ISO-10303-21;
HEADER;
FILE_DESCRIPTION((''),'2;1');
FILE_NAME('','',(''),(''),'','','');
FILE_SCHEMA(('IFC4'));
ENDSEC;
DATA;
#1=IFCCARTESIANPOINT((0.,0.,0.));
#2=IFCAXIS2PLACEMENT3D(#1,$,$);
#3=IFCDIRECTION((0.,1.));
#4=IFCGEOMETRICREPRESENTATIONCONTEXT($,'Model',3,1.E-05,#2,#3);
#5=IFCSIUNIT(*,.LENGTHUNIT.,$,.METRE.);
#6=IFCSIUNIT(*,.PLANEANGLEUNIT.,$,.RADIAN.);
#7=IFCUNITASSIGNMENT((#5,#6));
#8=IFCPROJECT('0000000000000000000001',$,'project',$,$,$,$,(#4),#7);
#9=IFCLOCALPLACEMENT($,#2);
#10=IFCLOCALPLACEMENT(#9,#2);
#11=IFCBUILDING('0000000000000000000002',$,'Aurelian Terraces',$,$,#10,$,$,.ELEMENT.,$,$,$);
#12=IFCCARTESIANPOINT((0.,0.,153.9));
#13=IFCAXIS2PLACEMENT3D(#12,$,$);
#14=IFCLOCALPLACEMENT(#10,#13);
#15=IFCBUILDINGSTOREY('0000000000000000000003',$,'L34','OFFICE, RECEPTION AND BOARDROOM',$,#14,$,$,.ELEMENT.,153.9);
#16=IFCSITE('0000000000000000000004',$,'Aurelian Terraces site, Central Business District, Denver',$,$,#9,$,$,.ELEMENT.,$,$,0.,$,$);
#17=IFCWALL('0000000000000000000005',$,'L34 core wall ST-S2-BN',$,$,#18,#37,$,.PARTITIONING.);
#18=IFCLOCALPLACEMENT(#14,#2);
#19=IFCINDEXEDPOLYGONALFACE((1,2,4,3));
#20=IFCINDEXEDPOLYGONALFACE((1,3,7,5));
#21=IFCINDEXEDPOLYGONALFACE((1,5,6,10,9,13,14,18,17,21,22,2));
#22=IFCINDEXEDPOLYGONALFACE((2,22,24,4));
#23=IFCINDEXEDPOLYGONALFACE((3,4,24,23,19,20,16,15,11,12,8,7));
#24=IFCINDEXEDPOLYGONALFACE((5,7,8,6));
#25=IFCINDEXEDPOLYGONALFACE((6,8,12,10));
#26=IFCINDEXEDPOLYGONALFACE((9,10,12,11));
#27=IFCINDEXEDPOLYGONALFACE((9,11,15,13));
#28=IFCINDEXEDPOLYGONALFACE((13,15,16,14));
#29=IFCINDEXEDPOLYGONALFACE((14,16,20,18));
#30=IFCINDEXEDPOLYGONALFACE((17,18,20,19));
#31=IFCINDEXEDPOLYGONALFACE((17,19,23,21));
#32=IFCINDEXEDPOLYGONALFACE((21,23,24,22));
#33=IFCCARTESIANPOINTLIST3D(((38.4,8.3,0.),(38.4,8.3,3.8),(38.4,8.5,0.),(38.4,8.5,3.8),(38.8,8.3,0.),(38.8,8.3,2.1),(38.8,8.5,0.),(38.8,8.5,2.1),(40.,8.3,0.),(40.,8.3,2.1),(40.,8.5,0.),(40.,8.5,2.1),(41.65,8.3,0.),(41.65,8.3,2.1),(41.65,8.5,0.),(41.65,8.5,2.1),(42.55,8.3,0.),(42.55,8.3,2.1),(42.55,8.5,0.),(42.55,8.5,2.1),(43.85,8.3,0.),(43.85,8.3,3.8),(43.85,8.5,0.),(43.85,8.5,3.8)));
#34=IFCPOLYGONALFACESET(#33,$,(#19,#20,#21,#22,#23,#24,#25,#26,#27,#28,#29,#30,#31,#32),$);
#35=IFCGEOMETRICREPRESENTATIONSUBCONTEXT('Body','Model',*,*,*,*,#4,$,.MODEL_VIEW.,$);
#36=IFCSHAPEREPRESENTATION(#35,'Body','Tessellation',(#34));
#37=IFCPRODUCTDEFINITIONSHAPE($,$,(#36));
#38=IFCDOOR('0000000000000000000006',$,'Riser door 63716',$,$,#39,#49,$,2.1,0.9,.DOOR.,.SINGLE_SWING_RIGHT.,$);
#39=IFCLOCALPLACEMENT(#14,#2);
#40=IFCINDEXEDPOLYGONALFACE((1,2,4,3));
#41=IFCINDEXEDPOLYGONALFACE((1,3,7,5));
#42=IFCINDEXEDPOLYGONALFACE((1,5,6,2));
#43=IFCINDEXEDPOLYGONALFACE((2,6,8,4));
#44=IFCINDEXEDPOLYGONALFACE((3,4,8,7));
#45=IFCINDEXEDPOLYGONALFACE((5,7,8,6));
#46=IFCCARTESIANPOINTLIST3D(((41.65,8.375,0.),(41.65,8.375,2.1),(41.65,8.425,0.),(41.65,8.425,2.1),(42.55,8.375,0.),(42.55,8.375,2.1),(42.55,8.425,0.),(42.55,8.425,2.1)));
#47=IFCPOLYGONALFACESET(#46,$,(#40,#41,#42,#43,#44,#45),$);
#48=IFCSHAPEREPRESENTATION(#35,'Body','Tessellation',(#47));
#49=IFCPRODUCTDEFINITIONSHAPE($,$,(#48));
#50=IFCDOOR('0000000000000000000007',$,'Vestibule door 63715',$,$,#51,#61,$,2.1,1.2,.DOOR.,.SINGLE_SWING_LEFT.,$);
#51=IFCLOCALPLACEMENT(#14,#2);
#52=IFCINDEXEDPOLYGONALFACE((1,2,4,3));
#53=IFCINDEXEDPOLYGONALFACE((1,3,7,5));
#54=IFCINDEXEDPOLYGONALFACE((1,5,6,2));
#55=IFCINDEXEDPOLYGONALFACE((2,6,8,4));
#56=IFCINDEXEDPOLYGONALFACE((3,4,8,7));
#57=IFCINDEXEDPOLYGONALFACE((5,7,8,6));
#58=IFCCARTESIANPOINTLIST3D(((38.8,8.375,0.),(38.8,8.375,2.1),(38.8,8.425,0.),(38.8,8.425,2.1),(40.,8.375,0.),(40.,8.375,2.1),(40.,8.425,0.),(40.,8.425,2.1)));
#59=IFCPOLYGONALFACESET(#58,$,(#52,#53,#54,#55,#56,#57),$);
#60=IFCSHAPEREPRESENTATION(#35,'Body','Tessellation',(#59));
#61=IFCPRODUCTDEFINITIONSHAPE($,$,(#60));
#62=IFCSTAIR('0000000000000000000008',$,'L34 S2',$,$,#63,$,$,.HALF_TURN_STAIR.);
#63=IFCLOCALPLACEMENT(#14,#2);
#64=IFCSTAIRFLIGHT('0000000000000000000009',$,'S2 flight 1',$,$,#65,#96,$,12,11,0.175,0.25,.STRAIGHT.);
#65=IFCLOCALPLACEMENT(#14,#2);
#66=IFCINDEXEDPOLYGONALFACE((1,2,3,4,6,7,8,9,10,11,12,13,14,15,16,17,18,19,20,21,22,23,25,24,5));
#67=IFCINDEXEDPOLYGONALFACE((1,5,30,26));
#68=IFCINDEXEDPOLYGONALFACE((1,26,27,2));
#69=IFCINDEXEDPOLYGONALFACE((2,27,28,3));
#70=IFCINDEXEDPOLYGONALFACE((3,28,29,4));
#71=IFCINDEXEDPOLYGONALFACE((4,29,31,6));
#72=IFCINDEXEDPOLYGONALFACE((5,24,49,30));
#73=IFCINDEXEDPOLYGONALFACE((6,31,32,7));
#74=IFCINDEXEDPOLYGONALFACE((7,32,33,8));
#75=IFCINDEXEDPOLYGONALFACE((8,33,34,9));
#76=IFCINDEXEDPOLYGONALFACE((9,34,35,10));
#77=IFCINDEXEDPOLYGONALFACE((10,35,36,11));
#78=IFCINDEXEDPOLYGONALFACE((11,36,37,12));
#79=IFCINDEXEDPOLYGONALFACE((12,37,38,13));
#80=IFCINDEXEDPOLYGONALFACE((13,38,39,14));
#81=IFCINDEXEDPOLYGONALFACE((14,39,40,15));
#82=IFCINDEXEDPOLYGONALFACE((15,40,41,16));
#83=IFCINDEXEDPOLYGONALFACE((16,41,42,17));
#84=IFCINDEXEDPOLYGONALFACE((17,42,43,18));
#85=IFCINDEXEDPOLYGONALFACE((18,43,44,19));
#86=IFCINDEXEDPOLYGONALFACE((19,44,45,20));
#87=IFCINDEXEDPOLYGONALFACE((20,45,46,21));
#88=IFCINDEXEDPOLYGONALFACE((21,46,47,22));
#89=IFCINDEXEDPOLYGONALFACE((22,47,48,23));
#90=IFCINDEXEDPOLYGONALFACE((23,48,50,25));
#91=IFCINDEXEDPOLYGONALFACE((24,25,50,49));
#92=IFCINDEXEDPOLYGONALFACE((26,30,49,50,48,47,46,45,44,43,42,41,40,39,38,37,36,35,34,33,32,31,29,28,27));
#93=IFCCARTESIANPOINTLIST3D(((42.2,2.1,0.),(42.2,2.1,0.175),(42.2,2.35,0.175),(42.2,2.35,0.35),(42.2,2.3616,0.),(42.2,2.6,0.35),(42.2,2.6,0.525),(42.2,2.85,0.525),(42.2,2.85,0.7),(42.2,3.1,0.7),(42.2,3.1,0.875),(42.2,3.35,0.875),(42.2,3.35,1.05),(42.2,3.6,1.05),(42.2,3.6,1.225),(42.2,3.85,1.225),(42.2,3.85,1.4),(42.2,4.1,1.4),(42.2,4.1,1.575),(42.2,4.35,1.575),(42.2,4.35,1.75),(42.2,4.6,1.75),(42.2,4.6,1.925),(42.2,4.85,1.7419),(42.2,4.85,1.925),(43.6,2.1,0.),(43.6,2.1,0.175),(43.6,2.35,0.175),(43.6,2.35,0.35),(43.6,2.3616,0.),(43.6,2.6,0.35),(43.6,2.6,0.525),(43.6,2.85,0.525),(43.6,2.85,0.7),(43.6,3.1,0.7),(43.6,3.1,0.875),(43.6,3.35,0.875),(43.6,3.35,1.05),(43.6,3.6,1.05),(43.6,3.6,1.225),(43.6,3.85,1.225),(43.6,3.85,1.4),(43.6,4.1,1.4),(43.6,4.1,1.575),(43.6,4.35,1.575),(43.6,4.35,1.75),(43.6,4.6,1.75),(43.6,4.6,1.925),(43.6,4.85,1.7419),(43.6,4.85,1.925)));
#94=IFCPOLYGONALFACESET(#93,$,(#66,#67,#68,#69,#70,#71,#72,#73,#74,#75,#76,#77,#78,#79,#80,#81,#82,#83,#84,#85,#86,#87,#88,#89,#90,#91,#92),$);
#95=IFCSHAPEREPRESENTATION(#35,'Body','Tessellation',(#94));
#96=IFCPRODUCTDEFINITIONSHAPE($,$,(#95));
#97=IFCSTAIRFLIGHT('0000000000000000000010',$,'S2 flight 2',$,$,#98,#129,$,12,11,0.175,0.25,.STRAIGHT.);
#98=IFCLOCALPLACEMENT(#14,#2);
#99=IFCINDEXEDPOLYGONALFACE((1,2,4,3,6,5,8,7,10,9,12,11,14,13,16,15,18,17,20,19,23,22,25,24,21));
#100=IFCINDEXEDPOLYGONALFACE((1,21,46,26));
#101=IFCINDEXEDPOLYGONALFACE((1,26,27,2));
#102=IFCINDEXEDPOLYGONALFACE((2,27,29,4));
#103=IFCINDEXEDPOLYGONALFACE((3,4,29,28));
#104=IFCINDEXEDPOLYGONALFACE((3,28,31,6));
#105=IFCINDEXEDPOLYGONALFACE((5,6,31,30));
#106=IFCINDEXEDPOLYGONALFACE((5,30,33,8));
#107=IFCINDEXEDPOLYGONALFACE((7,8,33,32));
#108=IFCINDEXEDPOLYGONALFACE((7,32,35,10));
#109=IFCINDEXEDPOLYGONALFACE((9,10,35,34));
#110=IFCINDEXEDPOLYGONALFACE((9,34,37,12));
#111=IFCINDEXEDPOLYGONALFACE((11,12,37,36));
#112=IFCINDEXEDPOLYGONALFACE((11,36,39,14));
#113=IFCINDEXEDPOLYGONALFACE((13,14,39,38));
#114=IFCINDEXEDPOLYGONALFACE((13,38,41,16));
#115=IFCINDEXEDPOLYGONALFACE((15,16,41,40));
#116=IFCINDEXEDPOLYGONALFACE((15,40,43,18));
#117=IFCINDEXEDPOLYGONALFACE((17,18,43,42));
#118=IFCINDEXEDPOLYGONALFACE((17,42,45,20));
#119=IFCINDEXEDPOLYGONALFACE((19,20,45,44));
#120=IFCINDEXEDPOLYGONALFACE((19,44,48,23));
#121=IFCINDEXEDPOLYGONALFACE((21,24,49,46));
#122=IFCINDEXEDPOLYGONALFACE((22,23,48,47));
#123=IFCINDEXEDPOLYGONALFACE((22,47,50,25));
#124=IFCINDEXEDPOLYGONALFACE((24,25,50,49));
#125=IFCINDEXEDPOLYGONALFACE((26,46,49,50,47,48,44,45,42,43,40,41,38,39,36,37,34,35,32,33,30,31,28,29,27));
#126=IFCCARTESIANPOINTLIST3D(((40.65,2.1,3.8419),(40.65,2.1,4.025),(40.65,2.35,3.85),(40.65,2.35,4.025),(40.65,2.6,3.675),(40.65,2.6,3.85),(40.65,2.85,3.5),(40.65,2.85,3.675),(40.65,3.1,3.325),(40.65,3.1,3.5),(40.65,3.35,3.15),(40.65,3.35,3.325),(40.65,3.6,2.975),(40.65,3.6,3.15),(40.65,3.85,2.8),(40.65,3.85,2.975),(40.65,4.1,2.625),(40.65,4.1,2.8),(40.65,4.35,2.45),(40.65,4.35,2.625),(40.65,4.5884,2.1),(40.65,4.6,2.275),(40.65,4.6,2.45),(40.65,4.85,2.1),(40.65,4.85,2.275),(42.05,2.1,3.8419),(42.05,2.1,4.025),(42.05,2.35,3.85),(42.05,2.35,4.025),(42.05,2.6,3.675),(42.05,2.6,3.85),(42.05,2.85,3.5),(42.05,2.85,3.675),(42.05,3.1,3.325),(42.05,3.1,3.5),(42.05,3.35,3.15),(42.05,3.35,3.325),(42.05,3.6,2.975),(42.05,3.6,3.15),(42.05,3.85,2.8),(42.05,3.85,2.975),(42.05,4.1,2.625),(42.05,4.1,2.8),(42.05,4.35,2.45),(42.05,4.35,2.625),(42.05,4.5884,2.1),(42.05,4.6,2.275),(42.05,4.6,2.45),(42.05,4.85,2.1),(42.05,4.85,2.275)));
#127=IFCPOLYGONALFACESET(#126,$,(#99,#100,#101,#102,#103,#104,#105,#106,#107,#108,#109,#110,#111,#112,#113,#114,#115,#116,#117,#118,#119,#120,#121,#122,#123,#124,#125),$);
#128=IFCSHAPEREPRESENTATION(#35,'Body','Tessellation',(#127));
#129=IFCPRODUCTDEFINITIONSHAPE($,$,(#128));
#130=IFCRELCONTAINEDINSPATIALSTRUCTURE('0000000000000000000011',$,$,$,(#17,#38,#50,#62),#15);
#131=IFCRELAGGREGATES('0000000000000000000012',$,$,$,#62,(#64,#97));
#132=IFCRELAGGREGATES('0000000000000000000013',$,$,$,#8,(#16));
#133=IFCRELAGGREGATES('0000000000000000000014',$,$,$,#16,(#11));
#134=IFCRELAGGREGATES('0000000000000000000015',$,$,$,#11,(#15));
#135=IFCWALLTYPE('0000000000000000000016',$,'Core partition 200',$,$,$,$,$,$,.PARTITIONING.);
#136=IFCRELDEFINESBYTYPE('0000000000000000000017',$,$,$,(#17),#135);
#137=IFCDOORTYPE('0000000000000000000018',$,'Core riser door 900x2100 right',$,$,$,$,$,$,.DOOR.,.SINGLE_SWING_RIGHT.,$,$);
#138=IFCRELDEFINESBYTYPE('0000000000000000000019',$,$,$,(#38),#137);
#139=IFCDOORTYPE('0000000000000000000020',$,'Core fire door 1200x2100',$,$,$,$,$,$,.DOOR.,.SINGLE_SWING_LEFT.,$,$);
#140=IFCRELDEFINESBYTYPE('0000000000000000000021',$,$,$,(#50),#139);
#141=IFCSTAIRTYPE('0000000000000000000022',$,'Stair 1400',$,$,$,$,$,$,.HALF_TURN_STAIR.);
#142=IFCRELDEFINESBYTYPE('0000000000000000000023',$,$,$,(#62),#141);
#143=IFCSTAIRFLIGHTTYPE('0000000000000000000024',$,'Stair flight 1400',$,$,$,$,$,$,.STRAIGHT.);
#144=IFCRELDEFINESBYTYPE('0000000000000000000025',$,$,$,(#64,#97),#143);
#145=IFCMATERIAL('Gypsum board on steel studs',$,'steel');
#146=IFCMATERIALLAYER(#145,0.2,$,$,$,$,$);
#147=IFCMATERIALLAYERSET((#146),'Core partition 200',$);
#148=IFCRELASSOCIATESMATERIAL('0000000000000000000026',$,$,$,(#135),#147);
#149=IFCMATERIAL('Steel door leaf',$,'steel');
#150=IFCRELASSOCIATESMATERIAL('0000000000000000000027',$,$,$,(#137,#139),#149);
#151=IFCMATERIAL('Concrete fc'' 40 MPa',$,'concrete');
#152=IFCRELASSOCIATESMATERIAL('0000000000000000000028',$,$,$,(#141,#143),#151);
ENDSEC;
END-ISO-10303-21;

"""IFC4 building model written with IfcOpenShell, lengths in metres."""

from ifc_helpers import new_model, si_unit, direction, frame, frame_2d, origin, place, context, subcontext, project, spatial, polyline, rectangle, outline, extrude, source, transform, mapped, material, layer, layer_set, type_object, element, fill, aggregate, save


model = new_model("IFC4")

# Units and contexts
model_context = context("Model", 3, precision=1e-05, world=origin(), true_north=direction((0.0, 1.0)))
body_context = subcontext(model_context, "Body", "Model", "MODEL_VIEW")
ifc_project = project(units=[si_unit("LENGTHUNIT", "METRE"), si_unit("PLANEANGLEUNIT", "RADIAN")], contexts=[model_context])

# Site, building, storey
site_placement = place(None, origin())
site = spatial("IfcSite", under=ifc_project, at=site_placement, Name="Aurelian Terraces site, Central Business District, Denver", CompositionType="ELEMENT", RefElevation=0.0)
building_placement = place(site_placement, origin())
building = spatial("IfcBuilding", under=site, at=building_placement, Name="Aurelian Terraces", CompositionType="ELEMENT")
storey_placement = place(building_placement, frame((0.0, 0.0, 153.9)))
storey = spatial("IfcBuildingStorey", under=building, at=storey_placement, Name="L34", Description="OFFICE, RECEPTION AND BOARDROOM", CompositionType="ELEMENT", Elevation=153.9)

# Shared definitions
ifc_material_1 = material(Name="Concrete fc' 40 MPa", Category="concrete")

# Shared definitions
ifc_material_2 = material(Name="Steel door leaf", Category="steel")

# Shared definitions
ifc_material_3 = material(Name="Gypsum board on steel studs", Category="steel")
ifc_layer_1 = layer(ifc_material_3, 0.2)
ifc_layer_set_1 = layer_set([ifc_layer_1], Name="Core partition 200")
wall_type_1 = type_object("IfcWallType", Name="Core partition 200", PredefinedType="PARTITIONING", material=ifc_layer_set_1)

# Wall, openings, doors
shared_shape_1 = source(origin(), body_context, "Body", "SweptSolid", [
    extrude(rectangle(XDim=5.45, YDim=0.2, at=frame_2d((2.725, 0.0))), origin(), (0.0, 0.0, 1.0), 3.8),
])
wall_1_placement = place(storey_placement, frame((38.4, 8.4, 0.0), z_axis=(0.0, 0.0, 1.0), x_axis=(1.0, 0.0, 0.0)))
wall_1 = element("IfcWall", 1, at=wall_1_placement, inside=storey, type_object=wall_type_1, Name="L34 core wall ST-S2-BN", PredefinedType="PARTITIONING", context=body_context, shape_type="MappedRepresentation", body=[
    mapped(shared_shape_1, transform((0.0, 0.0, 0.0), scale=1.0)),
])
shared_shape_2 = source(origin(), body_context, "Body", "SweptSolid", [
    extrude(rectangle(XDim=1.2, YDim=2.1, at=frame_2d((0.6, 1.05))), frame((0.0, 0.11, 0.0), z_axis=(0.0, -1.0, 0.0), x_axis=(1.0, 0.0, 0.0)), (0.0, 0.0, 1.0), 0.22),
])
opening_1_placement = place(wall_1_placement, frame((0.4, 0.0, 0.0)))
opening_1 = element("IfcOpeningElement", 2, at=opening_1_placement, cuts=wall_1, PredefinedType="OPENING", context=body_context, shape_type="MappedRepresentation", body=[
    mapped(shared_shape_2, transform((0.0, 0.0, 0.0), scale=1.0)),
])
shared_shape_3 = source(origin(), body_context, "Body", "SweptSolid", [
    extrude(rectangle(XDim=0.9, YDim=2.1, at=frame_2d((0.45, 1.05))), frame((0.0, 0.11, 0.0), z_axis=(0.0, -1.0, 0.0), x_axis=(1.0, 0.0, 0.0)), (0.0, 0.0, 1.0), 0.22),
])
opening_2_placement = place(wall_1_placement, frame((3.25, 0.0, 0.0)))
opening_2 = element("IfcOpeningElement", 3, at=opening_2_placement, cuts=wall_1, PredefinedType="OPENING", context=body_context, shape_type="MappedRepresentation", body=[
    mapped(shared_shape_3, transform((0.0, 0.0, 0.0), scale=1.0)),
])
door_type_1 = type_object("IfcDoorType", Name="Core riser door 900x2100 right", OperationType="SINGLE_SWING_RIGHT", PredefinedType="DOOR", material=ifc_material_2)
shared_shape_4 = source(origin(), body_context, "Body", "SweptSolid", [
    extrude(rectangle(XDim=0.9, YDim=2.1, at=frame_2d((0.45, 1.05))), frame((0.0, 0.025, 0.0), z_axis=(0.0, -1.0, 0.0), x_axis=(1.0, 0.0, 0.0)), (0.0, 0.0, 1.0), 0.05),
])
door_1_placement = place(opening_2_placement, origin())
door_1 = element("IfcDoor", 4, at=door_1_placement, inside=storey, type_object=door_type_1, Name="Riser door 63716", OperationType="SINGLE_SWING_RIGHT", OverallHeight=2.1, OverallWidth=0.9, PredefinedType="DOOR", context=body_context, shape_type="MappedRepresentation", body=[
    mapped(shared_shape_4, transform((0.0, 0.0, 0.0), scale=1.0)),
])
fill(opening_2, door_1)
door_type_2 = type_object("IfcDoorType", Name="Core fire door 1200x2100", OperationType="SINGLE_SWING_LEFT", PredefinedType="DOOR", material=ifc_material_2)
shared_shape_5 = source(origin(), body_context, "Body", "SweptSolid", [
    extrude(rectangle(XDim=1.2, YDim=2.1, at=frame_2d((0.6, 1.05))), frame((0.0, 0.025, 0.0), z_axis=(0.0, -1.0, 0.0), x_axis=(1.0, 0.0, 0.0)), (0.0, 0.0, 1.0), 0.05),
])
door_2_placement = place(opening_1_placement, origin())
door_2 = element("IfcDoor", 5, at=door_2_placement, inside=storey, type_object=door_type_2, Name="Vestibule door 63715", OperationType="SINGLE_SWING_LEFT", OverallHeight=2.1, OverallWidth=1.2, PredefinedType="DOOR", context=body_context, shape_type="MappedRepresentation", body=[
    mapped(shared_shape_5, transform((0.0, 0.0, 0.0), scale=1.0)),
])
fill(opening_1, door_2)

# Stair, stair flights
stair_type = type_object("IfcStairType", Name="Stair 1400", PredefinedType="HALF_TURN_STAIR", material=ifc_material_1)
stair_placement = place(storey_placement, origin())
stair = element("IfcStair", 6, at=stair_placement, inside=storey, type_object=stair_type, Name="L34 S2", PredefinedType="HALF_TURN_STAIR")
stair_flight_type = type_object("IfcStairFlightType", Name="Stair flight 1400", PredefinedType="STRAIGHT", material=ifc_material_1)
shared_shape_6 = source(origin(), body_context, "Body", "SweptSolid", [
    extrude(outline(polyline([(0.0, 0.0), (0.0, 0.175), (0.25, 0.175), (0.25, 0.35), (0.5, 0.35), (0.5, 0.525), (0.75, 0.525), (0.75, 0.7), (1.0, 0.7), (1.0, 0.875), (1.25, 0.875), (1.25, 1.05), (1.5, 1.05), (1.5, 1.225), (1.75, 1.225), (1.75, 1.4), (2.0, 1.4), (2.0, 1.575), (2.25, 1.575), (2.25, 1.75), (2.5, 1.75), (2.5, 1.925), (2.75, 1.925), (2.75, 2.1), (2.75, 1.7419), (0.2616, 0.0), (0.0, 0.0)])), frame((0.0, 0.7, 0.0), z_axis=(0.0, -1.0, 0.0), x_axis=(1.0, 0.0, 0.0)), (0.0, 0.0, 1.0), 1.4),
])
stair_flight_1_placement = place(storey_placement, frame((42.9, 2.1, 0.0), z_axis=(0.0, 0.0, 1.0), x_axis=(0.0, 1.0, 0.0)))
stair_flight_1 = element("IfcStairFlight", 7, at=stair_flight_1_placement, type_object=stair_flight_type, Name="S2 flight 1", NumberOfRisers=12, NumberOfTreads=11, PredefinedType="STRAIGHT", RiserHeight=0.175, TreadLength=0.25, context=body_context, shape_type="MappedRepresentation", body=[
    mapped(shared_shape_6, transform((0.0, 0.0, 0.0), scale=1.0)),
])
stair_flight_2_placement = place(storey_placement, frame((41.35, 4.85, 2.1), z_axis=(0.0, 0.0, 1.0), x_axis=(0.0, -1.0, 0.0)))
stair_flight_2 = element("IfcStairFlight", 8, at=stair_flight_2_placement, type_object=stair_flight_type, Name="S2 flight 2", NumberOfRisers=12, NumberOfTreads=11, PredefinedType="STRAIGHT", RiserHeight=0.175, TreadLength=0.25, context=body_context, shape_type="MappedRepresentation", body=[
    mapped(shared_shape_6, transform((0.0, 0.0, 0.0), scale=1.0)),
])
aggregate(stair, [stair_flight_1, stair_flight_2])

save(model, "model.ifc")
